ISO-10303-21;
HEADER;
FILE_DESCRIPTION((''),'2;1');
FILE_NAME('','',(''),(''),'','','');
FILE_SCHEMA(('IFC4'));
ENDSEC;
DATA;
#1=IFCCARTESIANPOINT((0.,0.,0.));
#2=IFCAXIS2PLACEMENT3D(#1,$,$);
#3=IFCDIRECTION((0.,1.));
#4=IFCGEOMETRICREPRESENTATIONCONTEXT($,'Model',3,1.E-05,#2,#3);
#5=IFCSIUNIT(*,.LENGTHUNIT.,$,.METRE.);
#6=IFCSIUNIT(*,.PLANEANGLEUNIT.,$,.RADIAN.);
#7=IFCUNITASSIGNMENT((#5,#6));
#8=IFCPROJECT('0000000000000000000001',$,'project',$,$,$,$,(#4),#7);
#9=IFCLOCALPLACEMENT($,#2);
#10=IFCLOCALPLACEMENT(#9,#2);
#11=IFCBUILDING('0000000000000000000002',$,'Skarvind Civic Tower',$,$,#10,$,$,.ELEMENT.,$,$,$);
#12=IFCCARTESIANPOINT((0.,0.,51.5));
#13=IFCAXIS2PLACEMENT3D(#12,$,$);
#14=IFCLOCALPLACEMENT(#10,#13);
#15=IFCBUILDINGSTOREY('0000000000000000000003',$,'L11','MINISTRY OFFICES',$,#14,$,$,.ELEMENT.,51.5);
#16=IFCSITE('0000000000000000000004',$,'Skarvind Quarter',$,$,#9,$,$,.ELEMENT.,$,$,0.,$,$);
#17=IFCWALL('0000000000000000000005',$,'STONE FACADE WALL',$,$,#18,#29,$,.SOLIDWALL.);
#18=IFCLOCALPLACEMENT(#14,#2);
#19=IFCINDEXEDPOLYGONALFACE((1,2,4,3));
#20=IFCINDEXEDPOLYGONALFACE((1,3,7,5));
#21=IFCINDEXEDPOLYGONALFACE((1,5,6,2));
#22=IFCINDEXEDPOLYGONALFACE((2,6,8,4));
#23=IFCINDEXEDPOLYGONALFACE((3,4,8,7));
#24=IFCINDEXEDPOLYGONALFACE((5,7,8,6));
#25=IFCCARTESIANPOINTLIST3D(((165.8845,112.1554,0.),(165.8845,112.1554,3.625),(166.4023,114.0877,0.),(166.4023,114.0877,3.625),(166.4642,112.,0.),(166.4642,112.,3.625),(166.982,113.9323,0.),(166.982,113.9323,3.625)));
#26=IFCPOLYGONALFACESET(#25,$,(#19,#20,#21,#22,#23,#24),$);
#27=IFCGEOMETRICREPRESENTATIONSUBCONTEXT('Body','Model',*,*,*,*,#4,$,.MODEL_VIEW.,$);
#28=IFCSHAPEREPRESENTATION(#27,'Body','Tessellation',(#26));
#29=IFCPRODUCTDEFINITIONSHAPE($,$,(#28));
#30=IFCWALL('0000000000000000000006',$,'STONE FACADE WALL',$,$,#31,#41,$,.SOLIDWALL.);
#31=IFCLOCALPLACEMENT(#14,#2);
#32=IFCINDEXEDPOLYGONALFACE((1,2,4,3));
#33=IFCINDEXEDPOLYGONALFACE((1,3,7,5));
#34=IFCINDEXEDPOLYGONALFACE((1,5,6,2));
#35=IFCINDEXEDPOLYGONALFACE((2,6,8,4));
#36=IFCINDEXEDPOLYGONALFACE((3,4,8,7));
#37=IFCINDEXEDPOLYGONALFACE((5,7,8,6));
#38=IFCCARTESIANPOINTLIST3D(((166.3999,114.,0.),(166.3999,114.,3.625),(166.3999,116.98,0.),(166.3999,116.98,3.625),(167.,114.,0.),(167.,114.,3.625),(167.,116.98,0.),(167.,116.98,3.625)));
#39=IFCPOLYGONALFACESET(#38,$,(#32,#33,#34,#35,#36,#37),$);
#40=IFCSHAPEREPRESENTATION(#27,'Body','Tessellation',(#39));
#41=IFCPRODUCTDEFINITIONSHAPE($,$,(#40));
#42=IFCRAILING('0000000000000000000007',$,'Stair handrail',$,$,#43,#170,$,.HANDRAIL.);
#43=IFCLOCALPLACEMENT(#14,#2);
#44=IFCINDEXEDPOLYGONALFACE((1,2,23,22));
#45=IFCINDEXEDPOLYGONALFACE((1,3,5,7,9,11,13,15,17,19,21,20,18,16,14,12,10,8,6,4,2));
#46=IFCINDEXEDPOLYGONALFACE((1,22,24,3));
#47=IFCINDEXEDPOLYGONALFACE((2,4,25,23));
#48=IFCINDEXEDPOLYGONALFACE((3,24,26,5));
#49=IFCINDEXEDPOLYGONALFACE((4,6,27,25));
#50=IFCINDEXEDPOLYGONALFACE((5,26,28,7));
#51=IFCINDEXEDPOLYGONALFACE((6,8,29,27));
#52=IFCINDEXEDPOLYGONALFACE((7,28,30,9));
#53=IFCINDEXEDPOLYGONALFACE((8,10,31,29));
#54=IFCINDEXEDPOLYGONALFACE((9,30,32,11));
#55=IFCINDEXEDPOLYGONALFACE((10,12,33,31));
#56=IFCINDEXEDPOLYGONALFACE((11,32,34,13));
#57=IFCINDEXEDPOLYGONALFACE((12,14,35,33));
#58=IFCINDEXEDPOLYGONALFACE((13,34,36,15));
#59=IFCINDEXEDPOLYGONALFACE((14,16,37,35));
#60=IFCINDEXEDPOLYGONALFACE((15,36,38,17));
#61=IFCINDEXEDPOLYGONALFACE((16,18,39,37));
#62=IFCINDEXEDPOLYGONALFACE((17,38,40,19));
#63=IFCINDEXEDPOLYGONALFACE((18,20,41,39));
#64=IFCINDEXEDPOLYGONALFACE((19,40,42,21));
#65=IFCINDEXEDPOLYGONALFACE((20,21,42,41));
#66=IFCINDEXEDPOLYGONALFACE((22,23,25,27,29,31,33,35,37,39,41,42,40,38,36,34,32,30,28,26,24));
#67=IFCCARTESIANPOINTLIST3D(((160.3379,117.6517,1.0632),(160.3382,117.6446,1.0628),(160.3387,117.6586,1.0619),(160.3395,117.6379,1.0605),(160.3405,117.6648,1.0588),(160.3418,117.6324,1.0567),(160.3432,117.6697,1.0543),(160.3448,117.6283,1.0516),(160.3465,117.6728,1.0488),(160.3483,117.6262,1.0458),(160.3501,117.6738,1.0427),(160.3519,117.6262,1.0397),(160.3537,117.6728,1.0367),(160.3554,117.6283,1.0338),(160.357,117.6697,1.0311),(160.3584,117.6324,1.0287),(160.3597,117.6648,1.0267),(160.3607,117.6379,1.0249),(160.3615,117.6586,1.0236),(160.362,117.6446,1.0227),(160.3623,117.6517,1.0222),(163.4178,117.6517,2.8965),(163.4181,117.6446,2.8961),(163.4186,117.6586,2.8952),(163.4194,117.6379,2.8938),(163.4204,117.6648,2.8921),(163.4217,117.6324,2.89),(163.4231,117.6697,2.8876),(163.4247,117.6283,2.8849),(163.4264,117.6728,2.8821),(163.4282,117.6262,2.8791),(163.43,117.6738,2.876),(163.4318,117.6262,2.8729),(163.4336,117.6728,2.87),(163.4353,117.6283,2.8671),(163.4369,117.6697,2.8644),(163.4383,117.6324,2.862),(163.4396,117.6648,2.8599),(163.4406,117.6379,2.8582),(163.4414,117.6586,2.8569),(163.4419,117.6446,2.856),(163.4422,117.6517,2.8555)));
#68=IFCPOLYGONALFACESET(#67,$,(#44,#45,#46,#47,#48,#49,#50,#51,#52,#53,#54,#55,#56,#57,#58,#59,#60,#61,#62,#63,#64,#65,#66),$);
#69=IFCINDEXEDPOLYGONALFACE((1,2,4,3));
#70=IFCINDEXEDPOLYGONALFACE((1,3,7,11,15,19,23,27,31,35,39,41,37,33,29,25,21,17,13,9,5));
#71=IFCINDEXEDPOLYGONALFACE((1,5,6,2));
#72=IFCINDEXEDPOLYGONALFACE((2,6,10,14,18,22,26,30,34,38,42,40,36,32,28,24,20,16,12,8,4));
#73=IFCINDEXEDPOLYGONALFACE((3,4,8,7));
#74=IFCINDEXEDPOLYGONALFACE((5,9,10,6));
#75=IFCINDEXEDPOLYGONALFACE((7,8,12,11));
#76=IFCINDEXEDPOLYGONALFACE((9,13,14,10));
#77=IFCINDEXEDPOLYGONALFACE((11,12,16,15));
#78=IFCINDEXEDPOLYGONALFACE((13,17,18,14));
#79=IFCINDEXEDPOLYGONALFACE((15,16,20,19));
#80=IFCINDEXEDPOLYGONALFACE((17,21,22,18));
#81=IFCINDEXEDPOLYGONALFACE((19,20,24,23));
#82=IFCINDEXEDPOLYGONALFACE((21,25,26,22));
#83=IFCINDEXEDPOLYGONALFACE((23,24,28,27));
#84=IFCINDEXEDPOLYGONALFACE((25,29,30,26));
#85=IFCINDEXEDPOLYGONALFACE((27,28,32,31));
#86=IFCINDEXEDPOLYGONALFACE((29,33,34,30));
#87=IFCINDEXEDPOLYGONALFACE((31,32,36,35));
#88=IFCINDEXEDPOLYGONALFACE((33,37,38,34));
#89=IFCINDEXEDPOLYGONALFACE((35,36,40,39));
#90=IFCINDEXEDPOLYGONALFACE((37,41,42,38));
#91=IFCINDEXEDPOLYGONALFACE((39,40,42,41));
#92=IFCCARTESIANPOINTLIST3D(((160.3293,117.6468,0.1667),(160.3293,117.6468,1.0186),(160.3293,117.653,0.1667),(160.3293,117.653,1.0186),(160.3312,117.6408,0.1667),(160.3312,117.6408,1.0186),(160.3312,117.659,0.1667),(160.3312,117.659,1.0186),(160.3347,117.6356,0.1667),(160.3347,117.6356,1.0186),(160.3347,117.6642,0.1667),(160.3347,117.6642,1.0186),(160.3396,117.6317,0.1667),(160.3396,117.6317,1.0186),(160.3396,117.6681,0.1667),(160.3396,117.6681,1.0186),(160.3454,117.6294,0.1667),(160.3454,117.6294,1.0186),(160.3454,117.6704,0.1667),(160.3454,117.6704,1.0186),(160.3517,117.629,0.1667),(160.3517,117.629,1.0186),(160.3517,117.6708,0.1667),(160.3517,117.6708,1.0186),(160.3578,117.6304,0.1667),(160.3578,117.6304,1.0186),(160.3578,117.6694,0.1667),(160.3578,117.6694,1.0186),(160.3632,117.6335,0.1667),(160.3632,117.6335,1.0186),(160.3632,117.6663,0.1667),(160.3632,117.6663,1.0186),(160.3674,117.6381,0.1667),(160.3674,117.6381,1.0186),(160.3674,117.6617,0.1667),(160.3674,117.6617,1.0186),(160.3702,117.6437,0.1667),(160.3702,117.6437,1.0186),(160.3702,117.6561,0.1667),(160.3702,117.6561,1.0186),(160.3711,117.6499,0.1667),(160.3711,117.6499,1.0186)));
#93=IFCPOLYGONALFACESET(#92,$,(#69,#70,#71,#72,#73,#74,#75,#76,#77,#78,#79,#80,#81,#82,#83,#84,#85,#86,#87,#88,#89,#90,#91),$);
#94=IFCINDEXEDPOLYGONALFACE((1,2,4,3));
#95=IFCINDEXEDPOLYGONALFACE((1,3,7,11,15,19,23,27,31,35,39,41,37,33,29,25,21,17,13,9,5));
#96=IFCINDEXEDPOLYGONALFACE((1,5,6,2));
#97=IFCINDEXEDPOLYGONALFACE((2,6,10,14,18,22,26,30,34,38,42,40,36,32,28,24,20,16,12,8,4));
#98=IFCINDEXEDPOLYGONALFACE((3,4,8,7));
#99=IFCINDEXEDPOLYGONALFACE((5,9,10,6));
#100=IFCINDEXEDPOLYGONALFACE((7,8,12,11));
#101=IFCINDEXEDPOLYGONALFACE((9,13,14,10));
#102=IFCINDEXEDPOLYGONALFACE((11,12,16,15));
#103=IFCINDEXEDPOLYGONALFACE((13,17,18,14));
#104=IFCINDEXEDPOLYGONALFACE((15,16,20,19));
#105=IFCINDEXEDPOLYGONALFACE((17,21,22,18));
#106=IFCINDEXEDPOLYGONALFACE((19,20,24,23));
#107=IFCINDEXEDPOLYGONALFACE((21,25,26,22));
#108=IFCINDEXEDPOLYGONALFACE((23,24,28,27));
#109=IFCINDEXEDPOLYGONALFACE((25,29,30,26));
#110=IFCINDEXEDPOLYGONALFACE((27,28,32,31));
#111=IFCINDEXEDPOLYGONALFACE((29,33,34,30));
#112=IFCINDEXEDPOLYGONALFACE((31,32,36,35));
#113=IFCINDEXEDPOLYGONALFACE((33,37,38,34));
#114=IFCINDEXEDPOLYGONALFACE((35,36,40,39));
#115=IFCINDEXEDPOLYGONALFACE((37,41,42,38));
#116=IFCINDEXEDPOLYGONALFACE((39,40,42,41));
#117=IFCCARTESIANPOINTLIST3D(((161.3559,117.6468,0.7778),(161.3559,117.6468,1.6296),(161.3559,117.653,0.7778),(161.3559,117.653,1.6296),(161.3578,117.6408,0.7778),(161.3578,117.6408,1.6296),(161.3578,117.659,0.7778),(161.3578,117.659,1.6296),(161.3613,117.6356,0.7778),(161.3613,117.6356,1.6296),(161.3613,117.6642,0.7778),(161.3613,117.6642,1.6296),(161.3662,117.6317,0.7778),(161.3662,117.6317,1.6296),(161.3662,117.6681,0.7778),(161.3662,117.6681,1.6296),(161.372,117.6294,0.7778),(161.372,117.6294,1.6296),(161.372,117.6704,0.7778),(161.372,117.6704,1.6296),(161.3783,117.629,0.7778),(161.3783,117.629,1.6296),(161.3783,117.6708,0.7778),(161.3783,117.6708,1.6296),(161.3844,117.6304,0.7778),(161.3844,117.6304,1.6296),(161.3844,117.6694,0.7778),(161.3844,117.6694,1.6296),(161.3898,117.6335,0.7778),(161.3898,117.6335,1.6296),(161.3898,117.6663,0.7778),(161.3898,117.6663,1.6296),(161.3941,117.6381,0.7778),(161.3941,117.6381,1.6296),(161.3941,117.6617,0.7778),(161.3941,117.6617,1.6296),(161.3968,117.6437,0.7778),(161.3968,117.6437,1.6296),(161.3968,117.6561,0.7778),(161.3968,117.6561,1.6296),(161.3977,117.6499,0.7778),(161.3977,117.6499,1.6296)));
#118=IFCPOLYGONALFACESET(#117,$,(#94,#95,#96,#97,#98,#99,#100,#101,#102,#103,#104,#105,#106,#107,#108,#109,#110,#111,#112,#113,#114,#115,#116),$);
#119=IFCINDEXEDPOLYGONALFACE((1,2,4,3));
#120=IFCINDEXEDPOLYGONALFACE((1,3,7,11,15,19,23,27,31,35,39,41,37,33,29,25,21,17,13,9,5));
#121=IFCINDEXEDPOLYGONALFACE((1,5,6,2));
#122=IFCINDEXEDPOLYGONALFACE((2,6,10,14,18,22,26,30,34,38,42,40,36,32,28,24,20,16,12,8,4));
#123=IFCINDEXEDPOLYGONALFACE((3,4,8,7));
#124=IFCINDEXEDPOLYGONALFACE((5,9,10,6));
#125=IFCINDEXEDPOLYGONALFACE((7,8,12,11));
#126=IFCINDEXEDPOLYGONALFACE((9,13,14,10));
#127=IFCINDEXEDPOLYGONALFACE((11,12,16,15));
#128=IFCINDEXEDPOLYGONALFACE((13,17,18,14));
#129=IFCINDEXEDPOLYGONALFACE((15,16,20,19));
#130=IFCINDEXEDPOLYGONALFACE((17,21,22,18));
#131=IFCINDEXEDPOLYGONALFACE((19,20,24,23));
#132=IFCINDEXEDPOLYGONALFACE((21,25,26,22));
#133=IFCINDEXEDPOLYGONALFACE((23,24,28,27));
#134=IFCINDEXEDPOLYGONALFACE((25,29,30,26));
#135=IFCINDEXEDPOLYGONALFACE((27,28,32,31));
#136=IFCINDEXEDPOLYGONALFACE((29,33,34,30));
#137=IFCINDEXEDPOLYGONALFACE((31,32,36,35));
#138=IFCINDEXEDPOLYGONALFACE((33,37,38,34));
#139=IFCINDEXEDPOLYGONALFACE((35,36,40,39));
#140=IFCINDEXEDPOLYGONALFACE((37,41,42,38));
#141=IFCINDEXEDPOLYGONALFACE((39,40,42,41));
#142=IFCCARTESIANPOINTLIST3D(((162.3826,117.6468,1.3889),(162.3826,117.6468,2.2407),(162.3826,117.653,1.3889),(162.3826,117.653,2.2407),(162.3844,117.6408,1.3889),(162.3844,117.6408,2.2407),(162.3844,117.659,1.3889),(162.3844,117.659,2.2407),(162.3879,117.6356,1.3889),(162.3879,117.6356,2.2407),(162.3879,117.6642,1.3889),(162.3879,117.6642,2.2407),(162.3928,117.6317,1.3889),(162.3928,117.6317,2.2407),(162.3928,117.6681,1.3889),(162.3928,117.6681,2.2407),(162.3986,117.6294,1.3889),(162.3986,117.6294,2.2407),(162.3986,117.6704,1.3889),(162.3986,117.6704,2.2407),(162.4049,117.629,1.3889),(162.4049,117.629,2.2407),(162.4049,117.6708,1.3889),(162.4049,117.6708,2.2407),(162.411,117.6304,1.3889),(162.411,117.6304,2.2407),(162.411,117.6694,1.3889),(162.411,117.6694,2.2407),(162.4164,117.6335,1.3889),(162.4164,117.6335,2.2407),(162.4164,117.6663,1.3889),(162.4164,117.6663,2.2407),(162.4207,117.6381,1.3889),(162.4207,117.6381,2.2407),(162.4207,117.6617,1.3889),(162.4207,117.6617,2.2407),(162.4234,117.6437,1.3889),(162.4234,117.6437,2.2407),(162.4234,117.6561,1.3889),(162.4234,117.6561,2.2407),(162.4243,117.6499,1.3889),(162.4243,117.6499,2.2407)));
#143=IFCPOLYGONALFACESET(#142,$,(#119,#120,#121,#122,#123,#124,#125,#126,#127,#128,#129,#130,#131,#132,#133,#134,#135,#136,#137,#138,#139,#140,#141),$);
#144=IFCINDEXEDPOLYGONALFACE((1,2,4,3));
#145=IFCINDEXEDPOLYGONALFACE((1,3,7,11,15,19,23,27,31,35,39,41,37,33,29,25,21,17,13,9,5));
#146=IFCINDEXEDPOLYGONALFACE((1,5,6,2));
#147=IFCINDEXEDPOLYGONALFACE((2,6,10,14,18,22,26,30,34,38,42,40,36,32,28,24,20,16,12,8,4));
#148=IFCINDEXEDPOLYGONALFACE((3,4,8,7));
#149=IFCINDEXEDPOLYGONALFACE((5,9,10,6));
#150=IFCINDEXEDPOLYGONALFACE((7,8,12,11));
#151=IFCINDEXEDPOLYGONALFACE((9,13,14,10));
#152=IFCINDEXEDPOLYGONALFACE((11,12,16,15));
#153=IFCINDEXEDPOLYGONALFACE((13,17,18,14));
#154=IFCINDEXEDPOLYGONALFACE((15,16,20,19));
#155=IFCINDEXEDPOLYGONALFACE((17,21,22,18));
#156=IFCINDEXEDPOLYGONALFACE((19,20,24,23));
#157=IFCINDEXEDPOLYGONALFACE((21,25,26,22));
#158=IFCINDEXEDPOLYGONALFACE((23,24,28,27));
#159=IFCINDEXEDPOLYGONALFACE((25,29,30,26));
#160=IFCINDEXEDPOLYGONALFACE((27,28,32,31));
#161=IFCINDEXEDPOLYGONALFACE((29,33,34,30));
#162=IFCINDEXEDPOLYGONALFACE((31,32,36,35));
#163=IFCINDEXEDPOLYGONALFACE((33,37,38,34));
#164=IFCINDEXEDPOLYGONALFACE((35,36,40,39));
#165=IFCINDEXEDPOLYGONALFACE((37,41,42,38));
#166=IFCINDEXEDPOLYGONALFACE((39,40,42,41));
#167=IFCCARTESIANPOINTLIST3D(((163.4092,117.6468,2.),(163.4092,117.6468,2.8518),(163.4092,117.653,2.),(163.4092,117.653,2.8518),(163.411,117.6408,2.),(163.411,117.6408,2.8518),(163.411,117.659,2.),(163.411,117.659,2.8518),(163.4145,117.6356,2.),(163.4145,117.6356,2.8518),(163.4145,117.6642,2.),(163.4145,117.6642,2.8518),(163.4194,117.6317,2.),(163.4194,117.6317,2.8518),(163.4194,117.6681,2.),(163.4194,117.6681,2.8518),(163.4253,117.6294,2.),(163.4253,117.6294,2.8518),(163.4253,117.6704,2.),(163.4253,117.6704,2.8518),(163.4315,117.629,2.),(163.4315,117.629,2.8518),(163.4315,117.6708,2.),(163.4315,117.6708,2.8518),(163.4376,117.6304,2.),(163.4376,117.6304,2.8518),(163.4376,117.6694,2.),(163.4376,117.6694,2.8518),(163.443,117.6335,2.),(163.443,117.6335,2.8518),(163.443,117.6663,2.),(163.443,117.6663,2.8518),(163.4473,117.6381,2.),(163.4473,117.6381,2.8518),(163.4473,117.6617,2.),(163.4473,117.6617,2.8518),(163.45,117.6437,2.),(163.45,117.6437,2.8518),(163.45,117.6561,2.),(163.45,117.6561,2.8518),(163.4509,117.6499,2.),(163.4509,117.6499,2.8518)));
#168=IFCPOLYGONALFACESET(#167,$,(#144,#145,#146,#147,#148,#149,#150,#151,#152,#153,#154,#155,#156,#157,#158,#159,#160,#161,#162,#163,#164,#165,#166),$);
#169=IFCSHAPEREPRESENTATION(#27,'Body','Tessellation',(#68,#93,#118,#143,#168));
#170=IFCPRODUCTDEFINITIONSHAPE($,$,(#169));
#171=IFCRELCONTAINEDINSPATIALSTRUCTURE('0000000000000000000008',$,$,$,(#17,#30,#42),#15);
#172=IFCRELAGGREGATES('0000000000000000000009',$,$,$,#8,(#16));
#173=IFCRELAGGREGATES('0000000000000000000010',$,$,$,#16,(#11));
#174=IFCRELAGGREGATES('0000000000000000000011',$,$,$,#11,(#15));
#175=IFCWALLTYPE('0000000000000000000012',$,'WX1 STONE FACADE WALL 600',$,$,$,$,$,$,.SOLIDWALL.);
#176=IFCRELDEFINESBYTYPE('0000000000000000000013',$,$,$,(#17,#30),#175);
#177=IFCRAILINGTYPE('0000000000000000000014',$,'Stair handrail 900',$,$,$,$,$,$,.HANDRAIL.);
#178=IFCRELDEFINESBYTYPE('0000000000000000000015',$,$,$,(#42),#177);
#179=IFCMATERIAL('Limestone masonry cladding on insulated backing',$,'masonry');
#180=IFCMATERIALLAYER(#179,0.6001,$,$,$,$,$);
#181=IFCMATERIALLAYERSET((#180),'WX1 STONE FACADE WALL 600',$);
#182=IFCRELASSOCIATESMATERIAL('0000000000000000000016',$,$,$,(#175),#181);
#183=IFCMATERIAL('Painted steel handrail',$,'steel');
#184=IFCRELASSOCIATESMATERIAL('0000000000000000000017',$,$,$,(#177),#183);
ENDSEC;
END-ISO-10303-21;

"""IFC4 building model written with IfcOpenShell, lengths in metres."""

from ifc_helpers import new_model, si_unit, direction, frame, frame_2d, origin, origin_2d, place, context, subcontext, project, spatial, rectangle, circle, extrude, material, layer, layer_set, type_object, element, save


model = new_model("IFC4")

# Units and contexts
model_context = context("Model", 3, precision=1e-05, world=origin(), true_north=direction((0.0, 1.0)))
body_context = subcontext(model_context, "Body", "Model", "MODEL_VIEW")
ifc_project = project(units=[si_unit("LENGTHUNIT", "METRE"), si_unit("PLANEANGLEUNIT", "RADIAN")], contexts=[model_context])

# Site, building, storey
site_placement = place(None, origin())
site = spatial("IfcSite", under=ifc_project, at=site_placement, Name="Skarvind Quarter", CompositionType="ELEMENT", RefElevation=0.0)
building_placement = place(site_placement, origin())
building = spatial("IfcBuilding", under=site, at=building_placement, Name="Skarvind Civic Tower", CompositionType="ELEMENT")
storey_placement = place(building_placement, frame((0.0, 0.0, 51.5)))
storey = spatial("IfcBuildingStorey", under=building, at=storey_placement, Name="L11", Description="MINISTRY OFFICES", CompositionType="ELEMENT", Elevation=51.5)

# Shared definitions
ifc_material_1 = material(Name="Limestone masonry cladding on insulated backing", Category="masonry")
ifc_layer_1 = layer(ifc_material_1, 0.6001)
ifc_layer_set_1 = layer_set([ifc_layer_1], Name="WX1 STONE FACADE WALL 600")
wall_type_1 = type_object("IfcWallType", Name="WX1 STONE FACADE WALL 600", PredefinedType="SOLIDWALL", material=ifc_layer_set_1)

# Walls
wall_1_placement = place(storey_placement, frame((166.6921, 114.01, 0.0), z_axis=(0.0, 0.0, 1.0), x_axis=(-0.25884, -0.96592, 0.0)))
element("IfcWall", 1, at=wall_1_placement, inside=storey, type_object=wall_type_1, Name="STONE FACADE WALL", PredefinedType="SOLIDWALL", context=body_context, shape_type="SweptSolid", body=[
    extrude(rectangle(XDim=2.0005, YDim=0.6001, at=frame_2d((1.0002, 0.0))), origin(), (0.0, 0.0, 1.0), 3.625),
])
wall_2_placement = place(storey_placement, frame((166.7, 116.98, 0.0), z_axis=(0.0, 0.0, 1.0), x_axis=(0.0, -1.0, 0.0)))
element("IfcWall", 2, at=wall_2_placement, inside=storey, type_object=wall_type_1, Name="STONE FACADE WALL", PredefinedType="SOLIDWALL", context=body_context, shape_type="SweptSolid", body=[
    extrude(rectangle(XDim=2.98, YDim=0.6001, at=frame_2d((1.49, 0.0))), origin(), (0.0, 0.0, 1.0), 3.625),
])

# Railing
ifc_material_2 = material(Name="Painted steel handrail", Category="steel")
railing_type = type_object("IfcRailingType", Name="Stair handrail 900", PredefinedType="HANDRAIL", material=ifc_material_2)
railing_placement = place(storey_placement, frame((160.3501, 117.6499, 0.1667)))
element("IfcRailing", 3, at=railing_placement, inside=storey, type_object=railing_type, Name="Stair handrail", PredefinedType="HANDRAIL", context=body_context, shape_type="SweptSolid", body=[
    extrude(circle(Radius=0.0239, at=origin_2d()), frame((0.0, 0.0, 0.876), z_axis=(0.859291, 0.0, 0.511487), x_axis=(0.0, 1.0, 0.0)), (0.0, 0.0, 1.0), 3.5842),
    extrude(circle(Radius=0.021, at=origin_2d()), origin(), (0.0, 0.0, 1.0), 0.8518),
    extrude(circle(Radius=0.021, at=origin_2d()), frame((1.0266, 0.0, 0.6111)), (0.0, 0.0, 1.0), 0.8518),
    extrude(circle(Radius=0.021, at=origin_2d()), frame((2.0532, 0.0, 1.2222)), (0.0, 0.0, 1.0), 0.8518),
    extrude(circle(Radius=0.021, at=origin_2d()), frame((3.0798, 0.0, 1.8333)), (0.0, 0.0, 1.0), 0.8518),
])

save(model, "model.ifc")
